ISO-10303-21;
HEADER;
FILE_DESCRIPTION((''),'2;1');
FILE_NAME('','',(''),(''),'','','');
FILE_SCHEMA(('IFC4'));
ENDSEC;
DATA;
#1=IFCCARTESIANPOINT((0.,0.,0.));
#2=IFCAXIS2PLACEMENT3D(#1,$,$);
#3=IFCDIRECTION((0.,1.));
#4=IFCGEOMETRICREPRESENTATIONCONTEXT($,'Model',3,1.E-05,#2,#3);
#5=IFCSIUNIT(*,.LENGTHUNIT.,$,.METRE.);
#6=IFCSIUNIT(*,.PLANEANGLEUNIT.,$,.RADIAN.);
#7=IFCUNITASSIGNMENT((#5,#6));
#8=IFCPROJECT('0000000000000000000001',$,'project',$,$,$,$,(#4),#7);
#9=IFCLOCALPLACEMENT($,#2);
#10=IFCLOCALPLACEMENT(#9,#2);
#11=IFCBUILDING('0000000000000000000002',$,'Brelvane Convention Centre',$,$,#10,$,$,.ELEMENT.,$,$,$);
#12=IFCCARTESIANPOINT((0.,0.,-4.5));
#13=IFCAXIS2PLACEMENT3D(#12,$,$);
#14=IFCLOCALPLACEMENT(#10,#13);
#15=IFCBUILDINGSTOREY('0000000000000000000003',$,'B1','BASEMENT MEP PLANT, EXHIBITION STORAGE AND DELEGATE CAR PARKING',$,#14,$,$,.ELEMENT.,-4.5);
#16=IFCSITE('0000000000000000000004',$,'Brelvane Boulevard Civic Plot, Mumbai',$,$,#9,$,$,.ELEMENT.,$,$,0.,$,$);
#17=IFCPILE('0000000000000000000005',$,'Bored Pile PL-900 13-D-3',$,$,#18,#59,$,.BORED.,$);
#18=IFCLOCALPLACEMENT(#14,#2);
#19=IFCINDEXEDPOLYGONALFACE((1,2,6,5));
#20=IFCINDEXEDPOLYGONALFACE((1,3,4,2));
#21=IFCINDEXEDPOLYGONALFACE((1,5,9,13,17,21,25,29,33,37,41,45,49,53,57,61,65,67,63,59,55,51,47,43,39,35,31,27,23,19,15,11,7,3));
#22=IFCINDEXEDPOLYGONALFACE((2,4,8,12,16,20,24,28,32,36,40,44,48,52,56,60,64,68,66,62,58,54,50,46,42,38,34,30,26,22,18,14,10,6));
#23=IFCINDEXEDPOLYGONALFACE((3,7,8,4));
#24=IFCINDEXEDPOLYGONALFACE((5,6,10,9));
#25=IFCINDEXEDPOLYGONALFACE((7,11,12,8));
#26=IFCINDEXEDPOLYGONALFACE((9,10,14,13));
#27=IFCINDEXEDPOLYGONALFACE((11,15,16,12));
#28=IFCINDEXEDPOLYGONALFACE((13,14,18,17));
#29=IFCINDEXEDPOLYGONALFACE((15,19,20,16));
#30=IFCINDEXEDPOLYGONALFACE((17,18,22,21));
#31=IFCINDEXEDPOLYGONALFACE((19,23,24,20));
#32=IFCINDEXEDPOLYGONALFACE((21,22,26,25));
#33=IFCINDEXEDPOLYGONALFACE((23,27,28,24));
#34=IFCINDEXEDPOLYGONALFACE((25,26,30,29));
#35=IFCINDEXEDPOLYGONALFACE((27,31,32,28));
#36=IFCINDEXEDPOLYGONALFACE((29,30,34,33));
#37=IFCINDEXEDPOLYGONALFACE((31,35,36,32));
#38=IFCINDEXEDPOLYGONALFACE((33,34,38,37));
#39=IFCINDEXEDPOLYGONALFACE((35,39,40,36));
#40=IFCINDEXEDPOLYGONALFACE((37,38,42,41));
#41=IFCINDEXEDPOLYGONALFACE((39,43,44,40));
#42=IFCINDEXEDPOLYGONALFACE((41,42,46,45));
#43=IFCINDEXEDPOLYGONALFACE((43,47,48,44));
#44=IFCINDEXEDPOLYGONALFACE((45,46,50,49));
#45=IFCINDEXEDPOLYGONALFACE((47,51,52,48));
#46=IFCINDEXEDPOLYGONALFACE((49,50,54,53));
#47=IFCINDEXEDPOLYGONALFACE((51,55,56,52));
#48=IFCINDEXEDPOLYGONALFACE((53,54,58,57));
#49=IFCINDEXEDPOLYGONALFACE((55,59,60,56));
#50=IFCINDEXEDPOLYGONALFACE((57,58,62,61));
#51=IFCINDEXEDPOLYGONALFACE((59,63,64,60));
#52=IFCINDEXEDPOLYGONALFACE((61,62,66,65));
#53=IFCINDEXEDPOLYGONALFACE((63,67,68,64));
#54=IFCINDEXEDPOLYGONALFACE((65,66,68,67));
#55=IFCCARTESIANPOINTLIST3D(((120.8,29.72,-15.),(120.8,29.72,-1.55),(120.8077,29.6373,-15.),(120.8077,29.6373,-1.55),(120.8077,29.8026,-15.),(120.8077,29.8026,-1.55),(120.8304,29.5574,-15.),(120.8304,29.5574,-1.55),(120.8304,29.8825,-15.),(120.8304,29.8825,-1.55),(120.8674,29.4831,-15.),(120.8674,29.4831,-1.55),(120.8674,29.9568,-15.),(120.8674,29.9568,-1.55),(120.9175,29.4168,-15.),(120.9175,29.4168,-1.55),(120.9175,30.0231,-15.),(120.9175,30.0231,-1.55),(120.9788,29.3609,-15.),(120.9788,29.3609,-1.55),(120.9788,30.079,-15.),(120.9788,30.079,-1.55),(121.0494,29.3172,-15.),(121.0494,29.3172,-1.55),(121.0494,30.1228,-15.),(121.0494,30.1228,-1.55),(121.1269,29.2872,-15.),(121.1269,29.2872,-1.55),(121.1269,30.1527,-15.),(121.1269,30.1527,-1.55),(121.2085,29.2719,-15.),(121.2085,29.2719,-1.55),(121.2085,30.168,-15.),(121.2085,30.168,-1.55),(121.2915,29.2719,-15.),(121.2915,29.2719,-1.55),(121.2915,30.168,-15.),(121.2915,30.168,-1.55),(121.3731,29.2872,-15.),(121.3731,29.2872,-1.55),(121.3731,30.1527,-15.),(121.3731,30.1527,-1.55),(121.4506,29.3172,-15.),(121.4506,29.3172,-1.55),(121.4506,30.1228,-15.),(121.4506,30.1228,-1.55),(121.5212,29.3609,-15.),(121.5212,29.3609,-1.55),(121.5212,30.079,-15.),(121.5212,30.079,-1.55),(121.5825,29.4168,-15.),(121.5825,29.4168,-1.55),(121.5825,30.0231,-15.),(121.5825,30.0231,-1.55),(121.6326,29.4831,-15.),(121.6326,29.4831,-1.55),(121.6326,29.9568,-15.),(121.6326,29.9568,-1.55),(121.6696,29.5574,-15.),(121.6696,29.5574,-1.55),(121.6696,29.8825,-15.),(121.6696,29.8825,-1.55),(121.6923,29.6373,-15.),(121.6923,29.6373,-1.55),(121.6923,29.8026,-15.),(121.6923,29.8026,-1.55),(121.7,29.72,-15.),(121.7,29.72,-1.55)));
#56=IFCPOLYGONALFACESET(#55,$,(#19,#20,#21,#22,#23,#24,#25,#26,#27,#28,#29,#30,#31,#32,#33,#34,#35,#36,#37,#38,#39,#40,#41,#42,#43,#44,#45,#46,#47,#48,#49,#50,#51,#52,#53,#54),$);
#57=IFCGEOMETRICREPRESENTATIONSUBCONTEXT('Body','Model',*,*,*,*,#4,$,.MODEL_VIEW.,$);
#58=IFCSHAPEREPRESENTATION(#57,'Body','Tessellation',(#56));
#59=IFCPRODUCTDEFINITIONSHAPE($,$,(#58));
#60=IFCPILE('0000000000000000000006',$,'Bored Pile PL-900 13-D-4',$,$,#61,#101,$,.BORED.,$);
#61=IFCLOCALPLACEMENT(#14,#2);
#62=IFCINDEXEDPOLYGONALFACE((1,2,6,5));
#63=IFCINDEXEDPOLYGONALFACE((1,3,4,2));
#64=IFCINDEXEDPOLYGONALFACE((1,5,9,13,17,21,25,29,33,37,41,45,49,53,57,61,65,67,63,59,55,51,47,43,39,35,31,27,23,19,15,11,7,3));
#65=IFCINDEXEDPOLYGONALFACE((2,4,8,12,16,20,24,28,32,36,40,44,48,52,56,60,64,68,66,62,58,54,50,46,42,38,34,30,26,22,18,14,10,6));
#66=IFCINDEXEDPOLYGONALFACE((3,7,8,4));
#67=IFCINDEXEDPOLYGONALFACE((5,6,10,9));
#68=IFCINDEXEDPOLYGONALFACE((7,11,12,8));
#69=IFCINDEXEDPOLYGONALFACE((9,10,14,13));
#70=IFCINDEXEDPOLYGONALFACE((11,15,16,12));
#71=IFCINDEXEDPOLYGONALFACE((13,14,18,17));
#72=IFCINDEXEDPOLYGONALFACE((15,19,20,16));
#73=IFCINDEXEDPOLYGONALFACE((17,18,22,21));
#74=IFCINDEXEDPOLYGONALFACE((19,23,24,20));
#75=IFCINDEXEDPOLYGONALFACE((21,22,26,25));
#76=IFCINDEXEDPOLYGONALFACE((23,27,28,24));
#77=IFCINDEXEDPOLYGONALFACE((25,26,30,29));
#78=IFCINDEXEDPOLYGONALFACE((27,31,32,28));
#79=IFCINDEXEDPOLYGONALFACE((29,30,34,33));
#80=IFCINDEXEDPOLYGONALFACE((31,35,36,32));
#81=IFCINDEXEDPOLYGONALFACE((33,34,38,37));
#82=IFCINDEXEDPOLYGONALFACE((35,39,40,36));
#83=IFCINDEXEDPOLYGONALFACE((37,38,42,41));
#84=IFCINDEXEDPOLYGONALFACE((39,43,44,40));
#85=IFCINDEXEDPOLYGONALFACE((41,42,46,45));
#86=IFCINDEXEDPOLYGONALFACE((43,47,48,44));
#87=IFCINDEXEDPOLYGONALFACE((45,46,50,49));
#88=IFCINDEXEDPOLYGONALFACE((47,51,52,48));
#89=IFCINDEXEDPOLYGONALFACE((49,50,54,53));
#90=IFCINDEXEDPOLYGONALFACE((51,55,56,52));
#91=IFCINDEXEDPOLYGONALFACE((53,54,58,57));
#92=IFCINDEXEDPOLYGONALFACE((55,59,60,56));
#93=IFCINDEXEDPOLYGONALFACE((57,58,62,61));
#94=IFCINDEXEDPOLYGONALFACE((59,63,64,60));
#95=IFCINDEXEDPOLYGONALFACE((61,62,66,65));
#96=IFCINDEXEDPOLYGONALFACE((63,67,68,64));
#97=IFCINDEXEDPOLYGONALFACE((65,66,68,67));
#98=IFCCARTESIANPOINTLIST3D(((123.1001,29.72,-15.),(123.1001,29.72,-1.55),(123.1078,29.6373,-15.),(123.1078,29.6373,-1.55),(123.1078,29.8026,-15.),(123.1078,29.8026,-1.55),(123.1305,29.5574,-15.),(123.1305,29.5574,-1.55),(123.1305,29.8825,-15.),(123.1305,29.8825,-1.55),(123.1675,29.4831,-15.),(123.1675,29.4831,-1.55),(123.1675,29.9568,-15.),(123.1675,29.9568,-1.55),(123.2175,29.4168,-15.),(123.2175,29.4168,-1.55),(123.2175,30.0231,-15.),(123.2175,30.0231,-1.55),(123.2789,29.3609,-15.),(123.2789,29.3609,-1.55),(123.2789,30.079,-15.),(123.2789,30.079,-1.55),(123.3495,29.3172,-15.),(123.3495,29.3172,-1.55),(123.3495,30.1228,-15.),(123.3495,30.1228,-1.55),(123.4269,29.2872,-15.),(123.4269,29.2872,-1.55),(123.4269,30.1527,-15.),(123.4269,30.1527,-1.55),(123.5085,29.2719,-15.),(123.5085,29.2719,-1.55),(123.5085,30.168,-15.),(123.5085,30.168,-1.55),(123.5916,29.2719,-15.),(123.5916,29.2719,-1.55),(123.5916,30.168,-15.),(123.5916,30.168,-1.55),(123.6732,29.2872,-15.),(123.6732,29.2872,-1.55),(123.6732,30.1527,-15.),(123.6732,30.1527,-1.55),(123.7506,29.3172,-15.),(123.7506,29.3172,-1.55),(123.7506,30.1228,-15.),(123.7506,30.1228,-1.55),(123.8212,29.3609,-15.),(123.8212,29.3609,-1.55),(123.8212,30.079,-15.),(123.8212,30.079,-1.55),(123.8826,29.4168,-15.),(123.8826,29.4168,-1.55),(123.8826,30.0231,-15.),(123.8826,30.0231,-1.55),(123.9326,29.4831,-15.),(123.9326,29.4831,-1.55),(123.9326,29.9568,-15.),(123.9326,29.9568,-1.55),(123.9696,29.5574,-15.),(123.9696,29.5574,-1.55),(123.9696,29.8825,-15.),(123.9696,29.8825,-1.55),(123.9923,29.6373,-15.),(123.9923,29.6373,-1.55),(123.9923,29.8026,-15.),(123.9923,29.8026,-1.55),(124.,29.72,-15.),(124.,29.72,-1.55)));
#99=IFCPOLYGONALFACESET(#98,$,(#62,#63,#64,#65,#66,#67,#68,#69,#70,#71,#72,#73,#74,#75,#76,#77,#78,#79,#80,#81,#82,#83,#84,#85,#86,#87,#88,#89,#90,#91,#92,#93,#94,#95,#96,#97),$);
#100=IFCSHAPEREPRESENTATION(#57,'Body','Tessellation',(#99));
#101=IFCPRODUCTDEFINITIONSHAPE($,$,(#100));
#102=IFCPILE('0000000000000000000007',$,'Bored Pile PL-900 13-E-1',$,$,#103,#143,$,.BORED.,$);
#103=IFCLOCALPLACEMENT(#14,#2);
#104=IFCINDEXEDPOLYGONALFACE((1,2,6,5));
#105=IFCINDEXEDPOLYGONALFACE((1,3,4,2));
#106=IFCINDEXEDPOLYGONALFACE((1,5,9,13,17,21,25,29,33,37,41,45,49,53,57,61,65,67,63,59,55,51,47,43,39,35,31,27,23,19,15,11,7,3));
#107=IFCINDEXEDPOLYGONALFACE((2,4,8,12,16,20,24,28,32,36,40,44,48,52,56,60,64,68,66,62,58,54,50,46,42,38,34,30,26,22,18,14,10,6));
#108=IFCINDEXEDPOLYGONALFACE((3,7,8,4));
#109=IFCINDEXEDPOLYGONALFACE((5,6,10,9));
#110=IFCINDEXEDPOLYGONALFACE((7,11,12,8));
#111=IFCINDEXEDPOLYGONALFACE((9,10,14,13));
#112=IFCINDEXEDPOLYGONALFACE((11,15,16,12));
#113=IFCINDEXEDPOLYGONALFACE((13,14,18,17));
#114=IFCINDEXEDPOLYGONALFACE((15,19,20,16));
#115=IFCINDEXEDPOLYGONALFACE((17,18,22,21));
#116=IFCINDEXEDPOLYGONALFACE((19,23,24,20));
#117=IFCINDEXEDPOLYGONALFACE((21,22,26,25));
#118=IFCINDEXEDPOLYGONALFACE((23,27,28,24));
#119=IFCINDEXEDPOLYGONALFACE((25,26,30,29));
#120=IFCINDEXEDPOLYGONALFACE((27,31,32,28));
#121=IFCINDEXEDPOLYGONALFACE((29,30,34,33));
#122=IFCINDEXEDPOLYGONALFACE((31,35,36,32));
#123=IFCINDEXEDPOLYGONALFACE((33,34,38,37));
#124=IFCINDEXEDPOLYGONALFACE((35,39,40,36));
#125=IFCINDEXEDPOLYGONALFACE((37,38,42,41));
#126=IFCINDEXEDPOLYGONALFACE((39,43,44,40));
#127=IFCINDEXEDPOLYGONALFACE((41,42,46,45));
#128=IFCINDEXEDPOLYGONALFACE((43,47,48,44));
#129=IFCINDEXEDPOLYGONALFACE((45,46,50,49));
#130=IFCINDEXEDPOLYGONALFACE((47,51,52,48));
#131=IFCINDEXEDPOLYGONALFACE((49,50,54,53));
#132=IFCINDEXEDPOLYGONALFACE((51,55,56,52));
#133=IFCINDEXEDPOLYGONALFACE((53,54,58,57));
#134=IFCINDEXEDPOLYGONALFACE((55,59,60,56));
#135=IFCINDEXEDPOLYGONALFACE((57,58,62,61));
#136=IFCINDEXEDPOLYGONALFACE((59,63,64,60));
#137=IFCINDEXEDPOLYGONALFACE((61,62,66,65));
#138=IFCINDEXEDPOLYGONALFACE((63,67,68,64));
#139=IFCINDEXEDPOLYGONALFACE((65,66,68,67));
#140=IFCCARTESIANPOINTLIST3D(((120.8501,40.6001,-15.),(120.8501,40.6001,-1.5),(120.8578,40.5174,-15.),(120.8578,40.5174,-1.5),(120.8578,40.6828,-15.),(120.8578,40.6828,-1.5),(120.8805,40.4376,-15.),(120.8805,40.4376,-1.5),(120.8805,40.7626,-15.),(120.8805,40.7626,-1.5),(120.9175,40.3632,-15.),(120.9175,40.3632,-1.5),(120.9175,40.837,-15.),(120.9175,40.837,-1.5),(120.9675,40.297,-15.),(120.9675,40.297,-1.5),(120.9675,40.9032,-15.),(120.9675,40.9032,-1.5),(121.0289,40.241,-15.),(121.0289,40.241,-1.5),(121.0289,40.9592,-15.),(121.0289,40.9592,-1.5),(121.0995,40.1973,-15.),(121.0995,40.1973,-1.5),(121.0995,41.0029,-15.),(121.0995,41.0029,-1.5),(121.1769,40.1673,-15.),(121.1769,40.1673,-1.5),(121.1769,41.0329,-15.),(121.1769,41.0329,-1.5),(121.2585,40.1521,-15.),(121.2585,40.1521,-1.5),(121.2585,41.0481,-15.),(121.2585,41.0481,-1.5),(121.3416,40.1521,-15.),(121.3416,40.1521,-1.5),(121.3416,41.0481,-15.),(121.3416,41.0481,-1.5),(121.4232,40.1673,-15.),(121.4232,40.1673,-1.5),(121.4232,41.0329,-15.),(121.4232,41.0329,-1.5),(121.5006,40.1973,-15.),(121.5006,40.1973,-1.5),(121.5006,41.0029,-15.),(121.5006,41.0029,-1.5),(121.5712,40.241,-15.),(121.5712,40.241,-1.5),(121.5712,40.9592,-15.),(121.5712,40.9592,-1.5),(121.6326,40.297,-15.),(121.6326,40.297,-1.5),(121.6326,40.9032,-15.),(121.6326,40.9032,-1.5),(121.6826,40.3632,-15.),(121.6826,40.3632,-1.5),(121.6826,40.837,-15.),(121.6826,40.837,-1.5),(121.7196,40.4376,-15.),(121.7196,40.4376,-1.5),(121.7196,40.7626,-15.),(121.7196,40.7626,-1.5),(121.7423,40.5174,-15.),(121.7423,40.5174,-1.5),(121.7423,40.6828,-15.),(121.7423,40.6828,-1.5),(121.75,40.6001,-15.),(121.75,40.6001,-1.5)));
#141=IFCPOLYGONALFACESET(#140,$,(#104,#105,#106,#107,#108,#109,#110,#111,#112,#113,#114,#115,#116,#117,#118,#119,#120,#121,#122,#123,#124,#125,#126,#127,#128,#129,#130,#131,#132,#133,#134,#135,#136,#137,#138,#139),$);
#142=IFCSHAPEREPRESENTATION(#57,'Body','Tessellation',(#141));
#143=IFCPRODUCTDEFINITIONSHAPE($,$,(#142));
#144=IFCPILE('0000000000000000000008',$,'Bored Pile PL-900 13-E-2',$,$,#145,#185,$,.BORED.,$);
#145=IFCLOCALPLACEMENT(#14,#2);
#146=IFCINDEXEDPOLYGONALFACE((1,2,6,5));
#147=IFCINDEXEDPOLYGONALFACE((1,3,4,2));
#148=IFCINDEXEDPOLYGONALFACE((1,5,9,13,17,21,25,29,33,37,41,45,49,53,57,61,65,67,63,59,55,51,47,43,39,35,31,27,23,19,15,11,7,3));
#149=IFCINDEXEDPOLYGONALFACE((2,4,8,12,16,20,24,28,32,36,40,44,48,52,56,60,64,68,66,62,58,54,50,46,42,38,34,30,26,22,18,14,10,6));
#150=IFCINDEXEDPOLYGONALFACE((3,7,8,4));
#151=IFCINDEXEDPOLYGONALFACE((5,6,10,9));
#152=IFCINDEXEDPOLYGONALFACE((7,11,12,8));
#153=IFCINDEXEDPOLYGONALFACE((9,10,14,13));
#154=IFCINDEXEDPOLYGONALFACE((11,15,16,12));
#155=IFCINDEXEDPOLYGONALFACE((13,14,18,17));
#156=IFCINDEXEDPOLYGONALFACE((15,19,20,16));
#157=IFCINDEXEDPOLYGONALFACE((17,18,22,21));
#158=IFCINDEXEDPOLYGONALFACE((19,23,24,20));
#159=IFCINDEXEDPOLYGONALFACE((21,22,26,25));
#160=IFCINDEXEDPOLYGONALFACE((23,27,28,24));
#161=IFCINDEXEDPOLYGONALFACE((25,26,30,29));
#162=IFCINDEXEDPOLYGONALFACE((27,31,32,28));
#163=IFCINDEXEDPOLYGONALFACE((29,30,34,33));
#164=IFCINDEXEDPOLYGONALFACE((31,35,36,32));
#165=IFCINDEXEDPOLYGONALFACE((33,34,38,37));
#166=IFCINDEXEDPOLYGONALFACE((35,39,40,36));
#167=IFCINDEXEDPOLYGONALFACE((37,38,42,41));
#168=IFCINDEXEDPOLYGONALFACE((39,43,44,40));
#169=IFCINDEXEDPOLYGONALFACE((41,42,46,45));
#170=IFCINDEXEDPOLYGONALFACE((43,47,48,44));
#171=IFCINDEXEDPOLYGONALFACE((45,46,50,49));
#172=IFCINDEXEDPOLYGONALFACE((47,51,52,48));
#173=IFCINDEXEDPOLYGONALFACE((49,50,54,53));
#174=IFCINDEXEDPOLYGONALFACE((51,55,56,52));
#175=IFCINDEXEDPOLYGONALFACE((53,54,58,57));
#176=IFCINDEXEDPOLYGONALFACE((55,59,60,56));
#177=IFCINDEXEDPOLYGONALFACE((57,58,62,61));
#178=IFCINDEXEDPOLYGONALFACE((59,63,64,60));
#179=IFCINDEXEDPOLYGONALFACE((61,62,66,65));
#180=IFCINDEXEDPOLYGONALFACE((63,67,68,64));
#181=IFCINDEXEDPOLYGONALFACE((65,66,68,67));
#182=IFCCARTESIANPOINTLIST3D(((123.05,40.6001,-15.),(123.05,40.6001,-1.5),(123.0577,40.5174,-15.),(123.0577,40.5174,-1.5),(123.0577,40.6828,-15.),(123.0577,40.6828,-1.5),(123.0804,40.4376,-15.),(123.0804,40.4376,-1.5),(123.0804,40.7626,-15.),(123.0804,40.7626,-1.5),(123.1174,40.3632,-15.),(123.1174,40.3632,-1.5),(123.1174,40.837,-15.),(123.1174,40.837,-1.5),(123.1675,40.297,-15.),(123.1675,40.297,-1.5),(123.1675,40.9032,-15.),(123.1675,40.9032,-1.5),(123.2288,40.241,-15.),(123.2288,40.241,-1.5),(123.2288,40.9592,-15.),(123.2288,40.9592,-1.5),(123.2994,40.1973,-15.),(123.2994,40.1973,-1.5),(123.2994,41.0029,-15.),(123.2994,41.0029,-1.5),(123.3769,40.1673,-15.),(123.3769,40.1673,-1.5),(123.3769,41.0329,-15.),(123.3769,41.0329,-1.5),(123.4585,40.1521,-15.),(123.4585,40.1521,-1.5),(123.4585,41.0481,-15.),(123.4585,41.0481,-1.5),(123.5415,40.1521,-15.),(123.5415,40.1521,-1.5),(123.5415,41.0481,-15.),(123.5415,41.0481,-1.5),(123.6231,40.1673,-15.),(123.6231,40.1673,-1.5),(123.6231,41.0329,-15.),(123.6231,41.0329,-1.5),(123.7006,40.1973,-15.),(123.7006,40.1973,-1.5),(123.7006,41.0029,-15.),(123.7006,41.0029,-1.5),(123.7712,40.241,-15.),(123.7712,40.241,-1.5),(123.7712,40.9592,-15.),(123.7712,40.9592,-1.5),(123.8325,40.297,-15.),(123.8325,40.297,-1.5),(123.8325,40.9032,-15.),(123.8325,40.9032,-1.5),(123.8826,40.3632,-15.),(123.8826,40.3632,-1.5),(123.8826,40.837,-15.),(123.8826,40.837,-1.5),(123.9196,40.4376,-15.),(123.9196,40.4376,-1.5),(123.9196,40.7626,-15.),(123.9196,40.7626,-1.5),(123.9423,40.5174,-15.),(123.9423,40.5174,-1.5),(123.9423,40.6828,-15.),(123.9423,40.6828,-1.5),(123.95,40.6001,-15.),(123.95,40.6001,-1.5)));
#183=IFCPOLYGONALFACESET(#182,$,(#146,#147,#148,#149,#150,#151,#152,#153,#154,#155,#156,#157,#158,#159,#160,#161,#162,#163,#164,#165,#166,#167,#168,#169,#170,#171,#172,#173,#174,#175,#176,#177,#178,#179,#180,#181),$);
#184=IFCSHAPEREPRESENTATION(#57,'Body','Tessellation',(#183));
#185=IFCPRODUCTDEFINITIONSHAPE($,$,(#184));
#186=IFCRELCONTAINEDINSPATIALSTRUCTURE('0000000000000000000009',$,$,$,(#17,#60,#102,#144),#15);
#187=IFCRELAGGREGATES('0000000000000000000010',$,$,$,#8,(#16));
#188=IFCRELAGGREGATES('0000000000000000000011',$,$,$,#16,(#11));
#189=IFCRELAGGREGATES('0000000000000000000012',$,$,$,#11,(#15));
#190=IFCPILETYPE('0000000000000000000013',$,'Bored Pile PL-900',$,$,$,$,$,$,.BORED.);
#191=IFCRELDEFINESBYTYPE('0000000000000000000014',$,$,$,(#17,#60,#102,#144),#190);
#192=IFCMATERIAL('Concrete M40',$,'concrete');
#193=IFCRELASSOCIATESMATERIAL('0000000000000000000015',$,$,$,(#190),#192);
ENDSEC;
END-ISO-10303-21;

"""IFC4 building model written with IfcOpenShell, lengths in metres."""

from ifc_helpers import new_model, si_unit, direction, frame, origin, origin_2d, place, context, subcontext, project, spatial, circle, extrude, material, material_profile, profile_set, type_object, element, save


model = new_model("IFC4")

# Units and contexts
model_context = context("Model", 3, precision=1e-05, world=origin(), true_north=direction((0.0, 1.0)))
body_context = subcontext(model_context, "Body", "Model", "MODEL_VIEW")
ifc_project = project(units=[si_unit("LENGTHUNIT", "METRE"), si_unit("PLANEANGLEUNIT", "RADIAN")], contexts=[model_context])

# Site, building, storey
site_placement = place(None, origin())
site = spatial("IfcSite", under=ifc_project, at=site_placement, Name="Brelvane Boulevard Civic Plot, Mumbai", CompositionType="ELEMENT", RefElevation=0.0)
building_placement = place(site_placement, origin())
building = spatial("IfcBuilding", under=site, at=building_placement, Name="Brelvane Convention Centre", CompositionType="ELEMENT")
storey_placement = place(building_placement, frame((0.0, 0.0, -4.5)))
storey = spatial("IfcBuildingStorey", under=building, at=storey_placement, Name="B1", Description="BASEMENT MEP PLANT, EXHIBITION STORAGE AND DELEGATE CAR PARKING", CompositionType="ELEMENT", Elevation=-4.5)

# Piles
ifc_material_1 = material(Name="Concrete M40", Category="concrete")
ifc_material_profile_1 = material_profile(ifc_material_1, circle(Radius=0.45, at=origin_2d()), Name="PILE D900")
ifc_profile_set_1 = profile_set([ifc_material_profile_1], Name="Concrete M40")
pile_type = type_object("IfcPileType", Name="Bored Pile PL-900", PredefinedType="BORED", material=ifc_profile_set_1)
for number, where, z_axis, x_axis, name in (
    (1, (121.25, 29.72, -1.55), (0.0, 0.0, -1.0), (1.0, 0.0, 0.0), "Bored Pile PL-900 13-D-3"),
    (2, (123.55, 29.72, -1.55), (0.0, 0.0, -1.0), (1.0, 0.0, 0.0), "Bored Pile PL-900 13-D-4"),
):
    element("IfcPile", number, at=place(storey_placement, frame(where, z_axis=z_axis, x_axis=x_axis)), inside=storey, type_object=pile_type, Name=name, PredefinedType="BORED", context=body_context, shape_type="SweptSolid", body=[
        extrude(circle(Radius=0.45, at=origin_2d()), origin(), (0.0, 0.0, 1.0), 13.45),
    ])
for number, where, z_axis, x_axis, name in (
    (3, (121.3, 40.6001, -1.5), (0.0, 0.0, -1.0), (1.0, 0.0, 0.0), "Bored Pile PL-900 13-E-1"),
    (4, (123.5, 40.6001, -1.5), (0.0, 0.0, -1.0), (1.0, 0.0, 0.0), "Bored Pile PL-900 13-E-2"),
):
    element("IfcPile", number, at=place(storey_placement, frame(where, z_axis=z_axis, x_axis=x_axis)), inside=storey, type_object=pile_type, Name=name, PredefinedType="BORED", context=body_context, shape_type="SweptSolid", body=[
        extrude(circle(Radius=0.45, at=origin_2d()), origin(), (0.0, 0.0, 1.0), 13.5),
    ])

save(model, "model.ifc")
